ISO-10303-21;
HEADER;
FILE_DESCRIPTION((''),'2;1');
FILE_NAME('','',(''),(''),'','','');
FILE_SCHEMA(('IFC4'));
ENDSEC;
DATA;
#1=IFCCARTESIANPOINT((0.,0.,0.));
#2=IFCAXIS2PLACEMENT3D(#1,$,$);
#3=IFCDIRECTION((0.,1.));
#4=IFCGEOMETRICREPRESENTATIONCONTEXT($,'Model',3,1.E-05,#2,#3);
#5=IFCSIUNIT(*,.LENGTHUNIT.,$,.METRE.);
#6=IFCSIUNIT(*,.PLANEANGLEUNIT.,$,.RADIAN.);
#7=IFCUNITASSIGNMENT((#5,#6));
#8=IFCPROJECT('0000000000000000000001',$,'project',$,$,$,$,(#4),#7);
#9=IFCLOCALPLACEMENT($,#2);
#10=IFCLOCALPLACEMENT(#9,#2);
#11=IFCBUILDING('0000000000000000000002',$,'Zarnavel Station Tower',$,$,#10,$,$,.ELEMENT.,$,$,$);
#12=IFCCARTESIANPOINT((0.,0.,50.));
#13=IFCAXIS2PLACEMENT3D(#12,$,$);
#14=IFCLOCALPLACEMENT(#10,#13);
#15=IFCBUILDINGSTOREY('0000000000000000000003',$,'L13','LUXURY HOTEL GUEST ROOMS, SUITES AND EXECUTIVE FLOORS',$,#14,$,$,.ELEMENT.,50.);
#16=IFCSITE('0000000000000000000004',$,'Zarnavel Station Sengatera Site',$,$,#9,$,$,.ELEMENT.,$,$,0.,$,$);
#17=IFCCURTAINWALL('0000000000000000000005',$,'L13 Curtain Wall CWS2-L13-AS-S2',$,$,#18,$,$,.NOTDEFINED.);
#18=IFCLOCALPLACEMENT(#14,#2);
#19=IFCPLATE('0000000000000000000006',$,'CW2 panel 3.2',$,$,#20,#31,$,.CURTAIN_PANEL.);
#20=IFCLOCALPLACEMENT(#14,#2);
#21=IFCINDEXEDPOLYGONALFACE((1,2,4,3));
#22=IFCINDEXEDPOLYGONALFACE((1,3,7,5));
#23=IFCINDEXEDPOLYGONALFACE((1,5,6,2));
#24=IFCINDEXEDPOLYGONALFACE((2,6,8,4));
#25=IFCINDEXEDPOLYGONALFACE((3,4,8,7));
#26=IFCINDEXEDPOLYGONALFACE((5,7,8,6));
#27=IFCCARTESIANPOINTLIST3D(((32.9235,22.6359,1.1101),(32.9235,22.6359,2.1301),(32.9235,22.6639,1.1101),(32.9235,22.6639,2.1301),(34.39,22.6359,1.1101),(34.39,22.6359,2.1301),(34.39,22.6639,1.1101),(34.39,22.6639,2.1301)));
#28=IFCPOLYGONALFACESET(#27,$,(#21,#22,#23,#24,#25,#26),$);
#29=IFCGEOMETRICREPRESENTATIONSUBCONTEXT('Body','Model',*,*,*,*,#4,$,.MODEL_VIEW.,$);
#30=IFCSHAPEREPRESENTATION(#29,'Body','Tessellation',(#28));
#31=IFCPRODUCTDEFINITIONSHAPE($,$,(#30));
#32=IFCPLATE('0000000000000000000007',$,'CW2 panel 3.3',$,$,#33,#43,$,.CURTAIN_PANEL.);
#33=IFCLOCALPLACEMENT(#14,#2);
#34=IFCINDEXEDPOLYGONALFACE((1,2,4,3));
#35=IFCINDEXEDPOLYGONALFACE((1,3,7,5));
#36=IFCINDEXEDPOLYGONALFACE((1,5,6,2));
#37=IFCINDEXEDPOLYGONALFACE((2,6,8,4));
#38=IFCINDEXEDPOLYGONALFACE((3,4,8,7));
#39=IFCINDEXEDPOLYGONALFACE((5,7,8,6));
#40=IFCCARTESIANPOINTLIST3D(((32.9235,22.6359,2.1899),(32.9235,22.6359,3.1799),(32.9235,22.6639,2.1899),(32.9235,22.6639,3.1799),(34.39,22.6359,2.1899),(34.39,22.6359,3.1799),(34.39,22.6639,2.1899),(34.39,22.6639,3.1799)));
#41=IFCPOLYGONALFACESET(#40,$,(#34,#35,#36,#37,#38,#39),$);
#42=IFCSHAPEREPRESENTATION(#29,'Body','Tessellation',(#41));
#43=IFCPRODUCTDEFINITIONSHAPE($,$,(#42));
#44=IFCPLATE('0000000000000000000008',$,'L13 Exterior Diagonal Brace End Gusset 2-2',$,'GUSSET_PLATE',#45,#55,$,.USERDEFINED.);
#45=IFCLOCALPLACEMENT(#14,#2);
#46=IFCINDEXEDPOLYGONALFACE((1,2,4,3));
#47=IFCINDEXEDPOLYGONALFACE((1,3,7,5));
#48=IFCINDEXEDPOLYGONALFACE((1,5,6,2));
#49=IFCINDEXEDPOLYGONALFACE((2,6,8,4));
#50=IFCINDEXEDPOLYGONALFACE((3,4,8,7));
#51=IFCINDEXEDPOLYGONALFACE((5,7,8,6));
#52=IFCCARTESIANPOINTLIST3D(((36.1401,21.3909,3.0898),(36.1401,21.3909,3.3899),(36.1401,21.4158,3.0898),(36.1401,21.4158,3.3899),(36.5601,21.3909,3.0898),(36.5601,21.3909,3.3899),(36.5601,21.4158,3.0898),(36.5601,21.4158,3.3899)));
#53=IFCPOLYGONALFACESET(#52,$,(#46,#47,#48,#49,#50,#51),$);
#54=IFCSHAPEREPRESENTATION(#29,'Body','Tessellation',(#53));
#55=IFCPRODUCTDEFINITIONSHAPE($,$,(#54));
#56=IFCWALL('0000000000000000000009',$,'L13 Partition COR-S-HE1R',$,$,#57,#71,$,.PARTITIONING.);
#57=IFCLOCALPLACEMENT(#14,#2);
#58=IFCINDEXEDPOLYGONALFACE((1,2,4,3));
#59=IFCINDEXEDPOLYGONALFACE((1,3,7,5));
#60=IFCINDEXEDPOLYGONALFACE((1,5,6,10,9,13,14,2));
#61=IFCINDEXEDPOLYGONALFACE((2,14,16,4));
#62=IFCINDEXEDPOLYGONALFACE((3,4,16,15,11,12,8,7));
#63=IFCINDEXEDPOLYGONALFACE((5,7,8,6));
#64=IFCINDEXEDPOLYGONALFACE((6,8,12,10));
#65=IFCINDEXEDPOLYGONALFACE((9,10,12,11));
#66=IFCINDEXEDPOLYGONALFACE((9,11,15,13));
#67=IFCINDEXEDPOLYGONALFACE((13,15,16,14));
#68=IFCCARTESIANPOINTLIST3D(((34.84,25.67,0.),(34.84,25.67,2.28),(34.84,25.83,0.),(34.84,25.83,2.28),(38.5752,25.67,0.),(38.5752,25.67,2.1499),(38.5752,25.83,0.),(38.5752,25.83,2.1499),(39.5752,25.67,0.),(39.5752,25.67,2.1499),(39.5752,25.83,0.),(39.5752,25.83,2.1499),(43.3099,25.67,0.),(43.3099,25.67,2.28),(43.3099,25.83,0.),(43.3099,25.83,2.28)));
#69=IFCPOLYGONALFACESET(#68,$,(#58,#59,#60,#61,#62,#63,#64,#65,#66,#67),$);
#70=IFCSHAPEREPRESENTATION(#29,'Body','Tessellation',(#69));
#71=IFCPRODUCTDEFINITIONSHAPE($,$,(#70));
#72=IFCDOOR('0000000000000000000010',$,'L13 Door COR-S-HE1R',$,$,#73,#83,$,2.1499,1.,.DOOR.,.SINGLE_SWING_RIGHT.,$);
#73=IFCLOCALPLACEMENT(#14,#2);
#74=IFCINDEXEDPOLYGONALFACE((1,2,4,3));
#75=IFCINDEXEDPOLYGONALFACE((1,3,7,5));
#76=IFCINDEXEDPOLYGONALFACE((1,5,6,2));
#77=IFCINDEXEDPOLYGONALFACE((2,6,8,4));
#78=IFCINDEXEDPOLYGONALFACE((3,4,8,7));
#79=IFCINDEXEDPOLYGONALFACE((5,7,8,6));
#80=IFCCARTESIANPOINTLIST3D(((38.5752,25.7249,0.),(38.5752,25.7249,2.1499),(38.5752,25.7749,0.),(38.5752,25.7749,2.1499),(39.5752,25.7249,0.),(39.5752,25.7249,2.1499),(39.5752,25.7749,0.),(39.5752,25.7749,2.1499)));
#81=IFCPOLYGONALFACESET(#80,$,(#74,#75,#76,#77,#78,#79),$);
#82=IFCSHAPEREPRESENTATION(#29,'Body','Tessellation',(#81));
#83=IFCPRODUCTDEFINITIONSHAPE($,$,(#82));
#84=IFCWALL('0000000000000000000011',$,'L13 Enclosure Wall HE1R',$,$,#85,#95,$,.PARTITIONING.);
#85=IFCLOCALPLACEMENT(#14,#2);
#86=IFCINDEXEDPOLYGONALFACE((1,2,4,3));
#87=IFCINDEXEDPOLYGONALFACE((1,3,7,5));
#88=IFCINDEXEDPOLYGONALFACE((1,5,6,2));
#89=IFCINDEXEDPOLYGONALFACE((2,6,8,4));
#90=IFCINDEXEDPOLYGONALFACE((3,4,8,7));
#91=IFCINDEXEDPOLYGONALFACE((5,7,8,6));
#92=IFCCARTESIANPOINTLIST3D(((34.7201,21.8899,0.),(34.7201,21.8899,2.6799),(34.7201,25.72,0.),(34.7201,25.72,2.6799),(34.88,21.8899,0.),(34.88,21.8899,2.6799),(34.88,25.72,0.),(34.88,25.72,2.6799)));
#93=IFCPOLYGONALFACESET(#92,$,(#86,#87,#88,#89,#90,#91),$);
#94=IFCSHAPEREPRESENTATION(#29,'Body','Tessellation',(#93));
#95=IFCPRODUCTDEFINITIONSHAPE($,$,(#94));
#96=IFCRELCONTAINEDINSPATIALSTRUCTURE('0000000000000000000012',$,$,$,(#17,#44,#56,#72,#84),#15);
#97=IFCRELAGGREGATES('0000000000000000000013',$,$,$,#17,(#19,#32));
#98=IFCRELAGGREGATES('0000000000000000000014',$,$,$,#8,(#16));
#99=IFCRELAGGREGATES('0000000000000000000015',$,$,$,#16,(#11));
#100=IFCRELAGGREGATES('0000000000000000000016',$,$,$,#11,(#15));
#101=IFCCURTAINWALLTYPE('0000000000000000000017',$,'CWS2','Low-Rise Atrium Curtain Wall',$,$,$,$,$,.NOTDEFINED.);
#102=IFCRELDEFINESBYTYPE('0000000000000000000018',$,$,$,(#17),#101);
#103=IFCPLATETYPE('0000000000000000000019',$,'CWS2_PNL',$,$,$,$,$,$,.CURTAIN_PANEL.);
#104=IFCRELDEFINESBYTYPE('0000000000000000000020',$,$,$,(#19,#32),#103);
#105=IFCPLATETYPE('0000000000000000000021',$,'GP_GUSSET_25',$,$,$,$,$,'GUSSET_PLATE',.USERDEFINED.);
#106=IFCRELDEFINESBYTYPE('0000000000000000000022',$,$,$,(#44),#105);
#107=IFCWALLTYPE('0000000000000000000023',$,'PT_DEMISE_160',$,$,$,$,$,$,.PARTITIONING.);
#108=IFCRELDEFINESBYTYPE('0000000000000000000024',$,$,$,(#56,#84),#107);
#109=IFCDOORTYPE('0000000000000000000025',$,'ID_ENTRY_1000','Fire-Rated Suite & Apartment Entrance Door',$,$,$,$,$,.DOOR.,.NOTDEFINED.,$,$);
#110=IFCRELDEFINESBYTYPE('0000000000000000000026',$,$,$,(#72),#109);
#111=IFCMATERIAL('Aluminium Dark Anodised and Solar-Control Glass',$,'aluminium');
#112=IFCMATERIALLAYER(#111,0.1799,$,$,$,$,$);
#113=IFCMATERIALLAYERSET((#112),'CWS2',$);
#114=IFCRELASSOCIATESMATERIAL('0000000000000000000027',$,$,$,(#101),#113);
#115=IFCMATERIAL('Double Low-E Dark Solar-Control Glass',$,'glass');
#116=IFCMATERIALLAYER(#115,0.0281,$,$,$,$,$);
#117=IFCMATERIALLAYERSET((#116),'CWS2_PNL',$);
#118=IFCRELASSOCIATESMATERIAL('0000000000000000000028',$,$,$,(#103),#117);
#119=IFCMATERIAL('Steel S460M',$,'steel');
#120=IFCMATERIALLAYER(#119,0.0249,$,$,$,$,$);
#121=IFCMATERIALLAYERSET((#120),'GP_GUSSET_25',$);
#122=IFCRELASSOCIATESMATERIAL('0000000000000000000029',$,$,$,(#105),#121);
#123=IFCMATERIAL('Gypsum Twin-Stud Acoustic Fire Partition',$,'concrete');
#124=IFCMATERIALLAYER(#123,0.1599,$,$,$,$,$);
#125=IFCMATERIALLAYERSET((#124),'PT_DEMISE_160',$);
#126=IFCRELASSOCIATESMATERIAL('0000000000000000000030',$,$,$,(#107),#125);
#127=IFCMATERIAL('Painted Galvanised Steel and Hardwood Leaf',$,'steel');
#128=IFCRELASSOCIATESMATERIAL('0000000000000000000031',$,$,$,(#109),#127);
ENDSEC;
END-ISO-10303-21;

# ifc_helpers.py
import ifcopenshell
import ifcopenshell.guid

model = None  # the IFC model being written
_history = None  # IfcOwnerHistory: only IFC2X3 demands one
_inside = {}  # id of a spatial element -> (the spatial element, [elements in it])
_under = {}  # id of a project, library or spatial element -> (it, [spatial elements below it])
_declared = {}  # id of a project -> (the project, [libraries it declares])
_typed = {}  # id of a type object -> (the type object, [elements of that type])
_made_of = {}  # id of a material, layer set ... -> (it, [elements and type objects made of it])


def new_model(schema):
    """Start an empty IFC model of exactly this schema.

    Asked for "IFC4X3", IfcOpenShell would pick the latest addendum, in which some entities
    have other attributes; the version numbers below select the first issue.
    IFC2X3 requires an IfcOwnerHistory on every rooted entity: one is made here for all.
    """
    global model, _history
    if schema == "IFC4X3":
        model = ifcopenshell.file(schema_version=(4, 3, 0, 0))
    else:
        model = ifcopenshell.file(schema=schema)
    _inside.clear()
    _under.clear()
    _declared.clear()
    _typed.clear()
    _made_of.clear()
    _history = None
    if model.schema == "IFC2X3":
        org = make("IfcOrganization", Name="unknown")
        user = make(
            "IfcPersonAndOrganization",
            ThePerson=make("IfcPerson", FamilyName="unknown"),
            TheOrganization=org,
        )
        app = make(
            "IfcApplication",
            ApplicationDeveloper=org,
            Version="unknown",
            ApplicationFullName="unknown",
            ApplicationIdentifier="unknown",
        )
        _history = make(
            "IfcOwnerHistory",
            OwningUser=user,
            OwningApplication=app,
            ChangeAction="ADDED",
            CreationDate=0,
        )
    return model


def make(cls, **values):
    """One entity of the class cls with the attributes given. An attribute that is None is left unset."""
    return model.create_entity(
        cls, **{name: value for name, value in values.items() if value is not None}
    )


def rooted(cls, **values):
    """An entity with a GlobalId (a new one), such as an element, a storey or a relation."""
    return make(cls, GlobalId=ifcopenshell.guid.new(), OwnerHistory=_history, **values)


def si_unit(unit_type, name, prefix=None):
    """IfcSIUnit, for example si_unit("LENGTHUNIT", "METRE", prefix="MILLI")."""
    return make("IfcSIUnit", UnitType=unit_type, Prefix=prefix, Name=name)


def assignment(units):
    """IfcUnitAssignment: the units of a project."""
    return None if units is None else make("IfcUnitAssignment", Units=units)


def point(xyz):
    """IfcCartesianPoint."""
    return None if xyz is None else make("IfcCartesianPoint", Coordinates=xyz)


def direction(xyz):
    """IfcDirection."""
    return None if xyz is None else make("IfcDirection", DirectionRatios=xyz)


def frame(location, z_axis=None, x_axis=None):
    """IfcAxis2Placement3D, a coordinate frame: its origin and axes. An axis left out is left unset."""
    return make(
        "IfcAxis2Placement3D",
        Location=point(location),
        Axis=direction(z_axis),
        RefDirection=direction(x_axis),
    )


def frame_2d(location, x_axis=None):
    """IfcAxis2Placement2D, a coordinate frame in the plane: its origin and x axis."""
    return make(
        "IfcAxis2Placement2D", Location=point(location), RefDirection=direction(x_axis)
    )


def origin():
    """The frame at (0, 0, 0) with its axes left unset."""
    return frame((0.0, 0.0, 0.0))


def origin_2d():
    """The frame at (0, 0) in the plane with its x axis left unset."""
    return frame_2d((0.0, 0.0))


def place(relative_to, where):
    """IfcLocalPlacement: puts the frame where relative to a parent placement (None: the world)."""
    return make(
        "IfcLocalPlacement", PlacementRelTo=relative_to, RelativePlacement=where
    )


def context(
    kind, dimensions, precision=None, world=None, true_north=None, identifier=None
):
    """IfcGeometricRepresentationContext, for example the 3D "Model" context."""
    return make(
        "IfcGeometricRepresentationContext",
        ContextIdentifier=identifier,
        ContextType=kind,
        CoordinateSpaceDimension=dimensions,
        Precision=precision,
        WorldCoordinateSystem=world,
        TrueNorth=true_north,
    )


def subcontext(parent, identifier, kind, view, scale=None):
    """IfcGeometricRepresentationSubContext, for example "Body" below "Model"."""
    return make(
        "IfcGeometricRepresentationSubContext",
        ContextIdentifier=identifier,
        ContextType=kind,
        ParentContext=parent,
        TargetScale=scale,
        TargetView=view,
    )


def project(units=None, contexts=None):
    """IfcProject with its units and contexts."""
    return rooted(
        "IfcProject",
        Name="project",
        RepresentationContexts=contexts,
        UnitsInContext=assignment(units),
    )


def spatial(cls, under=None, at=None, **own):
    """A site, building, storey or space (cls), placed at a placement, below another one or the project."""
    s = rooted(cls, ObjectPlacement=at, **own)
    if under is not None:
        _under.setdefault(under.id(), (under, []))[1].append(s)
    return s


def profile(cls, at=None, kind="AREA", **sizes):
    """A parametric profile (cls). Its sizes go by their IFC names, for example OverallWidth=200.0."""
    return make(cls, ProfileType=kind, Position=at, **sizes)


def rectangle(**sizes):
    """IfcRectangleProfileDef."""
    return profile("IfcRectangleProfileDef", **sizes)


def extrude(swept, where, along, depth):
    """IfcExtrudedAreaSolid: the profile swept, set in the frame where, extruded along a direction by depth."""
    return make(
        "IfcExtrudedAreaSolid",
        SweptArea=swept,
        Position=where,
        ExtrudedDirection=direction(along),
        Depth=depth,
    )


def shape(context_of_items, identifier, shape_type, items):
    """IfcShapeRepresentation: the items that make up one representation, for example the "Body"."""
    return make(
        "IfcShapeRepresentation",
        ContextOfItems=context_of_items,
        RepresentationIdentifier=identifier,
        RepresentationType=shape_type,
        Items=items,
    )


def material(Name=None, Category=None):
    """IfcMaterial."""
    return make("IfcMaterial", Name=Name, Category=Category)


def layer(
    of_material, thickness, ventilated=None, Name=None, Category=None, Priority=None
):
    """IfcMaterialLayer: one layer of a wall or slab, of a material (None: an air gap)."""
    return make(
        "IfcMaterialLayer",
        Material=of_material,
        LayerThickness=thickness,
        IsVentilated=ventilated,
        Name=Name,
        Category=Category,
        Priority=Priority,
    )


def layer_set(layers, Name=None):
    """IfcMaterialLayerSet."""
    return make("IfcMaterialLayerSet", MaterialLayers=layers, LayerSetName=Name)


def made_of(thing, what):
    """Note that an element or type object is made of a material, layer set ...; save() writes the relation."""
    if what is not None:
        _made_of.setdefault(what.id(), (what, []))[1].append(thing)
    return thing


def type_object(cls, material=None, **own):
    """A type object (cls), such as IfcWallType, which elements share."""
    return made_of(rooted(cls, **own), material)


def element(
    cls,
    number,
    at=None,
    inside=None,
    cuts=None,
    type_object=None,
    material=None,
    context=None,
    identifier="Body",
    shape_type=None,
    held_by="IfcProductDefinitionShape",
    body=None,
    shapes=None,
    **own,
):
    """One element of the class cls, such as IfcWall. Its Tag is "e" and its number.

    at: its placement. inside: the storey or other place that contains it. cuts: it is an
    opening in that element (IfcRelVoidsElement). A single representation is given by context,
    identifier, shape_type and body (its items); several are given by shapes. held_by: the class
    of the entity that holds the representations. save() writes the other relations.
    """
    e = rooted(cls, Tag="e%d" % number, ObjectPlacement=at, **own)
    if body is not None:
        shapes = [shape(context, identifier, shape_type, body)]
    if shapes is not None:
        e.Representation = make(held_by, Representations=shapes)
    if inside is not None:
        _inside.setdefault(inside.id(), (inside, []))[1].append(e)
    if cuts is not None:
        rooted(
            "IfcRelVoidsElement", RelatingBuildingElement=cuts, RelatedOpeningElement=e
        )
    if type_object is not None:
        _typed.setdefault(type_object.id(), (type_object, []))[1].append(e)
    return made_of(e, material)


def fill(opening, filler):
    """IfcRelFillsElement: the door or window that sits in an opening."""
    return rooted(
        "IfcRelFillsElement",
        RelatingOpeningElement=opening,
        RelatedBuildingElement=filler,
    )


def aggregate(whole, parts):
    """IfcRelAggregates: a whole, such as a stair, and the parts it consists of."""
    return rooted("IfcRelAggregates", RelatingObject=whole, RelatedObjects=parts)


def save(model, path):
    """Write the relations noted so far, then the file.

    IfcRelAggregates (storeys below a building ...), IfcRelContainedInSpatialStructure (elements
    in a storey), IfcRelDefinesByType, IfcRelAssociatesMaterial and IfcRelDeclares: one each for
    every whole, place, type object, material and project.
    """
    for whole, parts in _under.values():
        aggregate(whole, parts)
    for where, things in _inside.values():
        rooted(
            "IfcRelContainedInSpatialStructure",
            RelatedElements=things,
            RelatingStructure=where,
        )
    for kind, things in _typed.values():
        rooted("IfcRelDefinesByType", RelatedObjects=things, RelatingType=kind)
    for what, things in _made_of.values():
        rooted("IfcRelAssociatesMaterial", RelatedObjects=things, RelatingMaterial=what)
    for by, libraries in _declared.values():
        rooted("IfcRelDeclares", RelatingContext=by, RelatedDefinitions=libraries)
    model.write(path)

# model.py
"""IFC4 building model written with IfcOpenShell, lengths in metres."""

from ifc_helpers import new_model, si_unit, direction, frame, frame_2d, origin, origin_2d, place, context, subcontext, project, spatial, rectangle, extrude, material, layer, layer_set, type_object, element, fill, aggregate, save


model = new_model("IFC4")

# Units and contexts
model_context = context("Model", 3, precision=1e-05, world=origin(), true_north=direction((0.0, 1.0)))
body_context = subcontext(model_context, "Body", "Model", "MODEL_VIEW")
ifc_project = project(units=[si_unit("LENGTHUNIT", "METRE"), si_unit("PLANEANGLEUNIT", "RADIAN")], contexts=[model_context])

# Site, building, storey
site_placement = place(None, origin())
site = spatial("IfcSite", under=ifc_project, at=site_placement, Name="Zarnavel Station Sengatera Site", CompositionType="ELEMENT", RefElevation=0.0)
building_placement = place(site_placement, origin())
building = spatial("IfcBuilding", under=site, at=building_placement, Name="Zarnavel Station Tower", CompositionType="ELEMENT")
storey_placement = place(building_placement, frame((0.0, 0.0, 50.0)))
storey = spatial("IfcBuildingStorey", under=building, at=storey_placement, Name="L13", Description="LUXURY HOTEL GUEST ROOMS, SUITES AND EXECUTIVE FLOORS", CompositionType="ELEMENT", Elevation=50.0)

# Curtain wall
ifc_material_1 = material(Name="Aluminium Dark Anodised and Solar-Control Glass", Category="aluminium")
ifc_layer_1 = layer(ifc_material_1, 0.1799)
ifc_layer_set_1 = layer_set([ifc_layer_1], Name="CWS2")
curtain_wall_type = type_object("IfcCurtainWallType", Name="CWS2", Description="Low-Rise Atrium Curtain Wall", PredefinedType="NOTDEFINED", material=ifc_layer_set_1)
curtain_wall_placement = place(storey_placement, origin())
curtain_wall = element("IfcCurtainWall", 1, at=curtain_wall_placement, inside=storey, type_object=curtain_wall_type, Name="L13 Curtain Wall CWS2-L13-AS-S2", PredefinedType="NOTDEFINED")

# Plates
ifc_material_2 = material(Name="Double Low-E Dark Solar-Control Glass", Category="glass")
ifc_layer_2 = layer(ifc_material_2, 0.0281)
ifc_layer_set_2 = layer_set([ifc_layer_2], Name="CWS2_PNL")
plate_type_1 = type_object("IfcPlateType", Name="CWS2_PNL", PredefinedType="CURTAIN_PANEL", material=ifc_layer_set_2)
plate_1_placement = place(storey_placement, frame((33.6567, 22.6499, 1.1101), z_axis=(0.0, 0.0, 1.0), x_axis=(1.0, 0.0, 0.0)))
plate_1 = element("IfcPlate", 2, at=plate_1_placement, type_object=plate_type_1, Name="CW2 panel 3.2", PredefinedType="CURTAIN_PANEL", context=body_context, shape_type="SweptSolid", body=[
    extrude(rectangle(XDim=1.4666, YDim=0.0281, at=origin_2d()), origin(), (0.0, 0.0, 1.0), 1.02),
])
plate_2_placement = place(storey_placement, frame((33.6567, 22.6499, 2.1899), z_axis=(0.0, 0.0, 1.0), x_axis=(1.0, 0.0, 0.0)))
plate_2 = element("IfcPlate", 3, at=plate_2_placement, type_object=plate_type_1, Name="CW2 panel 3.3", PredefinedType="CURTAIN_PANEL", context=body_context, shape_type="SweptSolid", body=[
    extrude(rectangle(XDim=1.4666, YDim=0.0281, at=origin_2d()), origin(), (0.0, 0.0, 1.0), 0.99),
])
aggregate(curtain_wall, [plate_1, plate_2])
ifc_material_3 = material(Name="Steel S460M", Category="steel")
ifc_layer_3 = layer(ifc_material_3, 0.0249)
ifc_layer_set_3 = layer_set([ifc_layer_3], Name="GP_GUSSET_25")
plate_type_2 = type_object("IfcPlateType", Name="GP_GUSSET_25", ElementType="GUSSET_PLATE", PredefinedType="USERDEFINED", material=ifc_layer_set_3)
plate_3_placement = place(storey_placement, frame((36.3501, 21.4033, 3.0898), z_axis=(0.0, 0.0, 1.0), x_axis=(1.0, 0.0, 0.0)))
element("IfcPlate", 4, at=plate_3_placement, inside=storey, type_object=plate_type_2, Name="L13 Exterior Diagonal Brace End Gusset 2-2", ObjectType="GUSSET_PLATE", PredefinedType="USERDEFINED", context=body_context, shape_type="SweptSolid", body=[
    extrude(rectangle(XDim=0.4199, YDim=0.0249, at=origin_2d()), origin(), (0.0, 0.0, 1.0), 0.3),
])

# Wall, opening, door
ifc_material_4 = material(Name="Gypsum Twin-Stud Acoustic Fire Partition", Category="concrete")
ifc_layer_4 = layer(ifc_material_4, 0.1599)
ifc_layer_set_4 = layer_set([ifc_layer_4], Name="PT_DEMISE_160")
wall_type = type_object("IfcWallType", Name="PT_DEMISE_160", PredefinedType="PARTITIONING", material=ifc_layer_set_4)
wall_1_placement = place(storey_placement, frame((34.8401, 25.75, 0.0), z_axis=(0.0, 0.0, 1.0), x_axis=(1.0, 0.0, 0.0)))
wall_1 = element("IfcWall", 5, at=wall_1_placement, inside=storey, type_object=wall_type, Name="L13 Partition COR-S-HE1R", PredefinedType="PARTITIONING", context=body_context, shape_type="SweptSolid", body=[
    extrude(rectangle(XDim=8.47, YDim=0.1599, at=frame_2d((4.2349, 0.0))), origin(), (0.0, 0.0, 1.0), 2.28),
])
opening_placement = place(wall_1_placement, frame((3.7351, 0.0, 0.0)))
opening = element("IfcOpeningElement", 6, at=opening_placement, cuts=wall_1, PredefinedType="OPENING", context=body_context, shape_type="SweptSolid", body=[
    extrude(rectangle(XDim=1.0, YDim=2.1499, at=frame_2d((0.5, 1.075))), frame((0.0, 0.0898, 0.0), z_axis=(0.0, -1.0, 0.0), x_axis=(1.0, 0.0, 0.0)), (0.0, 0.0, 1.0), 0.1799),
])
ifc_material_5 = material(Name="Painted Galvanised Steel and Hardwood Leaf", Category="steel")
door_type = type_object("IfcDoorType", Name="ID_ENTRY_1000", Description="Fire-Rated Suite & Apartment Entrance Door", OperationType="NOTDEFINED", PredefinedType="DOOR", material=ifc_material_5)
door_placement = place(opening_placement, origin())
door = element("IfcDoor", 7, at=door_placement, inside=storey, type_object=door_type, Name="L13 Door COR-S-HE1R", OperationType="SINGLE_SWING_RIGHT", OverallHeight=2.1499, OverallWidth=1.0, PredefinedType="DOOR", context=body_context, shape_type="SweptSolid", body=[
    extrude(rectangle(XDim=1.0, YDim=2.1499, at=frame_2d((0.5, 1.075))), frame((0.0, 0.0249, 0.0), z_axis=(0.0, -1.0, 0.0), x_axis=(1.0, 0.0, 0.0)), (0.0, 0.0, 1.0), 0.05),
])
fill(opening, door)

# Wall
wall_2_placement = place(storey_placement, frame((34.8, 21.8899, 0.0), z_axis=(0.0, 0.0, 1.0), x_axis=(0.0, 1.0, 0.0)))
element("IfcWall", 8, at=wall_2_placement, inside=storey, type_object=wall_type, Name="L13 Enclosure Wall HE1R", PredefinedType="PARTITIONING", context=body_context, shape_type="SweptSolid", body=[
    extrude(rectangle(XDim=3.8301, YDim=0.1599, at=frame_2d((1.915, 0.0))), origin(), (0.0, 0.0, 1.0), 2.6799),
])

save(model, "model.ifc")
